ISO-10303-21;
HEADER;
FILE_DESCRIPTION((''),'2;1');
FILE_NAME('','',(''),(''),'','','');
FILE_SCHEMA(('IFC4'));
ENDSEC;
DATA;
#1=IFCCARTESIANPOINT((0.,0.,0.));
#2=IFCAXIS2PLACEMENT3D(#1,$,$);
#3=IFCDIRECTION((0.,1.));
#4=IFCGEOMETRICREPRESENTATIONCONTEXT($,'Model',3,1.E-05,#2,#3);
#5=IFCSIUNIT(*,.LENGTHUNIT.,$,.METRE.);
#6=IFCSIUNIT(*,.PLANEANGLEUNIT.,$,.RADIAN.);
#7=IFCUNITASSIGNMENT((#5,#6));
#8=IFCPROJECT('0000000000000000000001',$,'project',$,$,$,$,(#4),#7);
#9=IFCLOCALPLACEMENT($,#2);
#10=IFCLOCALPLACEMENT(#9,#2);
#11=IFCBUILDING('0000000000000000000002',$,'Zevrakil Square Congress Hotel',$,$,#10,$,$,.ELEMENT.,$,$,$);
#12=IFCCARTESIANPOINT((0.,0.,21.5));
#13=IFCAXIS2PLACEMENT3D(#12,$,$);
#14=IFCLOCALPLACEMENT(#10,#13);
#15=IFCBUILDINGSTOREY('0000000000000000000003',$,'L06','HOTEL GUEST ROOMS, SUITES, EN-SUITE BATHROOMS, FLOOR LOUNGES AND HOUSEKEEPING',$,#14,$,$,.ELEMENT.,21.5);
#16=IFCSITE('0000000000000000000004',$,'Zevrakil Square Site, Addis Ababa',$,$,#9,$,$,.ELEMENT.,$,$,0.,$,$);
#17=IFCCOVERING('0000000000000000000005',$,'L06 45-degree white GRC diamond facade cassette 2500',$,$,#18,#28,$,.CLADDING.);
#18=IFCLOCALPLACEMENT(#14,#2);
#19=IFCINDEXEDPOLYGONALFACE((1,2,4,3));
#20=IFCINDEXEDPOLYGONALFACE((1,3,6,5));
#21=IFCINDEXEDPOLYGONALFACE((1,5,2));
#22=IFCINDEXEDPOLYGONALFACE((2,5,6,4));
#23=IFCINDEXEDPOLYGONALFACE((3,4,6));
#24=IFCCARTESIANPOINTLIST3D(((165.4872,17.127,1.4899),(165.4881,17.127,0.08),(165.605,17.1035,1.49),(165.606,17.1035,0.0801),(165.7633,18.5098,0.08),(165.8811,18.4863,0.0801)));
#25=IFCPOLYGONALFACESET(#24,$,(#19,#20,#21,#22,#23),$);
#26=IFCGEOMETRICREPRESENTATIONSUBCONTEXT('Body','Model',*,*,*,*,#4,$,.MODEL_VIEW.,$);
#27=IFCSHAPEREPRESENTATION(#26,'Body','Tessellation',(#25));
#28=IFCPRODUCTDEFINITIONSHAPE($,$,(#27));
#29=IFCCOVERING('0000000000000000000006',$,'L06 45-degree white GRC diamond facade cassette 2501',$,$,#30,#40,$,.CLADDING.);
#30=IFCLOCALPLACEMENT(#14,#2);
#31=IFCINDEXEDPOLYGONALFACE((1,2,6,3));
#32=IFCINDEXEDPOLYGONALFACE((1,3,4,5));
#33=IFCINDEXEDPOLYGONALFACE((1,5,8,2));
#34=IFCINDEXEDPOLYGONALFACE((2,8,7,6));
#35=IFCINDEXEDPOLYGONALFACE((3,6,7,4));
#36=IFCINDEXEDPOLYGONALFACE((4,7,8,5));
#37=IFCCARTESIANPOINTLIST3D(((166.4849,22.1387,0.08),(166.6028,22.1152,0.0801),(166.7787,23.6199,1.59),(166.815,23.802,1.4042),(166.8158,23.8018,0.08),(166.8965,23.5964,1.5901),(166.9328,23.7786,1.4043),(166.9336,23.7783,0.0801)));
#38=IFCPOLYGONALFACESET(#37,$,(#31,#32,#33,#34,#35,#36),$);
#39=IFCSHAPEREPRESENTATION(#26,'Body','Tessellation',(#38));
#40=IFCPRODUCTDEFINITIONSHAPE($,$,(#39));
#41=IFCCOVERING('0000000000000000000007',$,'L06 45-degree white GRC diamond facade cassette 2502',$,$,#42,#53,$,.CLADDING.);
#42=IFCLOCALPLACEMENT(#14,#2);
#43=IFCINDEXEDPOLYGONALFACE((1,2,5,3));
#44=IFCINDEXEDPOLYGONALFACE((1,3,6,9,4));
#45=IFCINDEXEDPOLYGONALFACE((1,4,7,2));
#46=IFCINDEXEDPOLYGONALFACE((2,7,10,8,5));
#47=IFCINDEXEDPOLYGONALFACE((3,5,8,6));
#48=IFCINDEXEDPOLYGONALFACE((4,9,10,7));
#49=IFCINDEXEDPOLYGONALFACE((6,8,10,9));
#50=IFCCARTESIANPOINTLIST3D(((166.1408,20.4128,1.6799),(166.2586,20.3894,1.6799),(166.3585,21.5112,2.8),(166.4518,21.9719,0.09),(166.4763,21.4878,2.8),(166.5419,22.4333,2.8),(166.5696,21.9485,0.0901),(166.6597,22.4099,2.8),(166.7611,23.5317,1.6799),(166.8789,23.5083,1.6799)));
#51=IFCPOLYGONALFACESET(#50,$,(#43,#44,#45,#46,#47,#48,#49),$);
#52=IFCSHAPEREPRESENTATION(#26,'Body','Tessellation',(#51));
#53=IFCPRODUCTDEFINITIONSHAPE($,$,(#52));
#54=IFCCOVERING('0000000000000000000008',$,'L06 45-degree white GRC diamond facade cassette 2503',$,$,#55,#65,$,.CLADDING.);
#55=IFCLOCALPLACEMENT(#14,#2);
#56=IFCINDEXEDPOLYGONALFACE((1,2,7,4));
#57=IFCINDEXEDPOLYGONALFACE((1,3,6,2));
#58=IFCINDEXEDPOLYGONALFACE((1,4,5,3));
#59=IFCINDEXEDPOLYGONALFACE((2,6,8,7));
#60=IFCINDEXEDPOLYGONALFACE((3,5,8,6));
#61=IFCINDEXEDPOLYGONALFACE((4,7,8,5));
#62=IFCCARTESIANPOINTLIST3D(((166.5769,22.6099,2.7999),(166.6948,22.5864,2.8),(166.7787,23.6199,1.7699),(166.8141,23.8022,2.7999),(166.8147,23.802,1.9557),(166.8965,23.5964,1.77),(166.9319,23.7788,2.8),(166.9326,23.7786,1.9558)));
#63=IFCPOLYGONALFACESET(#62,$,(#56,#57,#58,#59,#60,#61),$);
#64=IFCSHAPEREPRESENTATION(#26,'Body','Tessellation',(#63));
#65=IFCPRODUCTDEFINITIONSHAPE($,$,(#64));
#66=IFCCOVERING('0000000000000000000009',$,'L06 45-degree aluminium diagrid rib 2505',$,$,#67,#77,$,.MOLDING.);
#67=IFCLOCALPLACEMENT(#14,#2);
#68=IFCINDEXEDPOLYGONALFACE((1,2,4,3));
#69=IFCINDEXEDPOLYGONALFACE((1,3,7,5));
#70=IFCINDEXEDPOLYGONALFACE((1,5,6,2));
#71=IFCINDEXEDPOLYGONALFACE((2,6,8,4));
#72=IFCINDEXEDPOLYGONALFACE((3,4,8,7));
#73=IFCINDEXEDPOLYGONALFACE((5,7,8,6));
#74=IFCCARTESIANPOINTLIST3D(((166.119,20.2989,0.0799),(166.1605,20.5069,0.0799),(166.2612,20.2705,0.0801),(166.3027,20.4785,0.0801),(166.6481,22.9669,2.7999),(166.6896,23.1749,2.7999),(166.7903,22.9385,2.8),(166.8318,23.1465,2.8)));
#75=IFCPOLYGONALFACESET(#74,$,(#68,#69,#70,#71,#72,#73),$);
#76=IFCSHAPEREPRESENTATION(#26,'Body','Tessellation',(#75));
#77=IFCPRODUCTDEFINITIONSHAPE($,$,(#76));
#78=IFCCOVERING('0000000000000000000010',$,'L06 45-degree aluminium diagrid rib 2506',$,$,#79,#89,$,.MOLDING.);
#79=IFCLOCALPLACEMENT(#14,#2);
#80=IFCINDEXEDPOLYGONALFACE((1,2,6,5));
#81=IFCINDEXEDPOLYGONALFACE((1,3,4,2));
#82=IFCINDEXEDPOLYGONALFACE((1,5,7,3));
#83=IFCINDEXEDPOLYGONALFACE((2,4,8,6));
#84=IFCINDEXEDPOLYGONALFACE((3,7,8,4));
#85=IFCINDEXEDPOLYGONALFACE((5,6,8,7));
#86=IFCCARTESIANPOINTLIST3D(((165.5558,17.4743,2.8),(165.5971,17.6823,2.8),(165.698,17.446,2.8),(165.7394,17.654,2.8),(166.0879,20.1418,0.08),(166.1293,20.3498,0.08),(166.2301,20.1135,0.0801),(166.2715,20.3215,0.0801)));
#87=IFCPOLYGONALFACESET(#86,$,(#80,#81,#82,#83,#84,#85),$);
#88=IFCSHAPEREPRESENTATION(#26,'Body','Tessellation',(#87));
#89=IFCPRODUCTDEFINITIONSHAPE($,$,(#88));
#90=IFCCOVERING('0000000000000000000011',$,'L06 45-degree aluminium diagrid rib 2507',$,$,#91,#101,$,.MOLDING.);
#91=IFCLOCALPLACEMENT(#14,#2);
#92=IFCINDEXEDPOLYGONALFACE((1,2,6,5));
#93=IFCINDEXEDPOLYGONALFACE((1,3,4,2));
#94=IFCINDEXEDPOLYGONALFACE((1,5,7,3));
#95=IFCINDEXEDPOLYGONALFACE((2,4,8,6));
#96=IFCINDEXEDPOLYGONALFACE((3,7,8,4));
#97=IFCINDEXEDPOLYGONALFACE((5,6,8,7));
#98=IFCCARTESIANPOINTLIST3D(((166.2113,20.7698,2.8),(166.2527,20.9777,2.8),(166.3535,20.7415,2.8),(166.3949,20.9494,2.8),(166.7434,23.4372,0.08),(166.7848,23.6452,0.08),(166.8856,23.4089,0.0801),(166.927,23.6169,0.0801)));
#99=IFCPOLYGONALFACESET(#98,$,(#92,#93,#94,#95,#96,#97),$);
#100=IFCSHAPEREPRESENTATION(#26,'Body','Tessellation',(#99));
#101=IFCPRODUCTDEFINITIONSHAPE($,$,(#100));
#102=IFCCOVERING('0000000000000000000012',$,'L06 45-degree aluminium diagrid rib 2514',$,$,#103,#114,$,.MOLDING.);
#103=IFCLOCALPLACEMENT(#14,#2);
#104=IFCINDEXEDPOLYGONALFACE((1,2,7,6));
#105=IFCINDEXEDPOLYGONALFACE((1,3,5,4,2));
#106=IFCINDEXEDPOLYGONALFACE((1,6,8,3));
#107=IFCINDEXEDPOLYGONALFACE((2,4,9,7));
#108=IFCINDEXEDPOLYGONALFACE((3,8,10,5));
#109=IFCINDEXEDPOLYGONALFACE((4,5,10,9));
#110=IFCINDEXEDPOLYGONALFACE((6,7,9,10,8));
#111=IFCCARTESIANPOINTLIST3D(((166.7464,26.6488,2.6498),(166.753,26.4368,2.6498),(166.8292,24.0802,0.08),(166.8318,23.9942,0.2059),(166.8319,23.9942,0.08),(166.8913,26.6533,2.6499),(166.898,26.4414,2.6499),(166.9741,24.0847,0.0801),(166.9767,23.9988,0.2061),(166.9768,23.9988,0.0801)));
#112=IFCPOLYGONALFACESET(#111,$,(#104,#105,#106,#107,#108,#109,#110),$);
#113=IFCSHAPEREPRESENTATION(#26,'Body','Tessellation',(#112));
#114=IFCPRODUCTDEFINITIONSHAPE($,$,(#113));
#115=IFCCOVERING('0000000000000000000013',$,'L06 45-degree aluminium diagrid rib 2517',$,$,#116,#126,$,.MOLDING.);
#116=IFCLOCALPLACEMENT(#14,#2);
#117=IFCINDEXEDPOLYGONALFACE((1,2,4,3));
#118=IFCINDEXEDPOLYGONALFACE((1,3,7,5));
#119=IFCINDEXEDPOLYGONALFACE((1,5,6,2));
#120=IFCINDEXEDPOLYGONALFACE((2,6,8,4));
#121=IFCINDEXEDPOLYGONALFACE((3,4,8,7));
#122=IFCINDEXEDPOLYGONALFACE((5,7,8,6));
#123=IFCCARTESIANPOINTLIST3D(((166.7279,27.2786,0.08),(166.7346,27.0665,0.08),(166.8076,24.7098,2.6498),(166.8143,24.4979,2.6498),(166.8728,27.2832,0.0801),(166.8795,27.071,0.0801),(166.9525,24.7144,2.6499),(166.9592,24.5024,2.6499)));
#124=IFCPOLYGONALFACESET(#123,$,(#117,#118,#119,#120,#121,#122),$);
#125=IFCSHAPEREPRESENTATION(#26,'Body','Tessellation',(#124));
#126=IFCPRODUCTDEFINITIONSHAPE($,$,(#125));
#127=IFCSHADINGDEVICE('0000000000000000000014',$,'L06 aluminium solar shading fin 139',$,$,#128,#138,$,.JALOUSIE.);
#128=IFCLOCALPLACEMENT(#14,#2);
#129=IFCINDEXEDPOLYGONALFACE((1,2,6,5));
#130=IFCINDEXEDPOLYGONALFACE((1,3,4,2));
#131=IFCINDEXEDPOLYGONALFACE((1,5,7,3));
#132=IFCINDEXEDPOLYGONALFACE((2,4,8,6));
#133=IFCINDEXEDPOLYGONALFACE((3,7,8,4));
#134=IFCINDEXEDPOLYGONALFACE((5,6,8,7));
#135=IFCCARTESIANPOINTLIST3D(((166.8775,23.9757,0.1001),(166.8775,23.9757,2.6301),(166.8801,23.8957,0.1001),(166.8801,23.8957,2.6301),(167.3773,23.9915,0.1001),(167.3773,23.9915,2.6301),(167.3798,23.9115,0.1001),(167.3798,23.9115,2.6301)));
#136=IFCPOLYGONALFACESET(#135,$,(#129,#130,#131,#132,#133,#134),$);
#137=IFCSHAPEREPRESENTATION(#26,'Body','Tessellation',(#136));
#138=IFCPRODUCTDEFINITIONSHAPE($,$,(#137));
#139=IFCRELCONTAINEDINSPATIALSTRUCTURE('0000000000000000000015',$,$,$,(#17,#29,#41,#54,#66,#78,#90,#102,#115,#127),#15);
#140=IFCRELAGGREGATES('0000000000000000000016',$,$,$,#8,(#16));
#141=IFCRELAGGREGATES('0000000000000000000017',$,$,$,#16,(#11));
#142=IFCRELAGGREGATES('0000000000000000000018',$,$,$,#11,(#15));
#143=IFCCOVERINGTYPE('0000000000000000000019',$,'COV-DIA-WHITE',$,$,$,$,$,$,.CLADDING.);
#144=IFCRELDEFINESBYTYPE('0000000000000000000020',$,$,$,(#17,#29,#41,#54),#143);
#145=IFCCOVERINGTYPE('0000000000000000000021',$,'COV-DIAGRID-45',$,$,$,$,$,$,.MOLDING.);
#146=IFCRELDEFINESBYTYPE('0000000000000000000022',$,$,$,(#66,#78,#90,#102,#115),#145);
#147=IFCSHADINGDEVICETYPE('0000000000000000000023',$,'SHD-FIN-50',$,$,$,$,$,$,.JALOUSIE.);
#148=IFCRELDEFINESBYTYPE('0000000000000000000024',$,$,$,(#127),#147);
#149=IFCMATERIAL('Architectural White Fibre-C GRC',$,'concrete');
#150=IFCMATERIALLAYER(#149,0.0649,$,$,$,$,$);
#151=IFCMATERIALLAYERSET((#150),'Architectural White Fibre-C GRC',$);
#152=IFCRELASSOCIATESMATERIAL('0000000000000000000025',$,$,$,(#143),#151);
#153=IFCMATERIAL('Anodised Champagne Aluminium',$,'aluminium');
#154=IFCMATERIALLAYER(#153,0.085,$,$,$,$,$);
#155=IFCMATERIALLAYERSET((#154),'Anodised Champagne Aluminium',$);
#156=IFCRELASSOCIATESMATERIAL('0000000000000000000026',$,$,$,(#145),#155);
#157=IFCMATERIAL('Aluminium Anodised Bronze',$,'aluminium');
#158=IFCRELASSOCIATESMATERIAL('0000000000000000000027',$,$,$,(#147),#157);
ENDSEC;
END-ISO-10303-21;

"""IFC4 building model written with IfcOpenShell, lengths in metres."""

from ifc_helpers import new_model, si_unit, direction, frame, origin, origin_2d, place, context, subcontext, project, spatial, polyline, rectangle, outline, extrude, material, layer, layer_set, type_object, element, save


model = new_model("IFC4")

# Units and contexts
model_context = context("Model", 3, precision=1e-05, world=origin(), true_north=direction((0.0, 1.0)))
body_context = subcontext(model_context, "Body", "Model", "MODEL_VIEW")
ifc_project = project(units=[si_unit("LENGTHUNIT", "METRE"), si_unit("PLANEANGLEUNIT", "RADIAN")], contexts=[model_context])

# Site, building, storey
site_placement = place(None, origin())
site = spatial("IfcSite", under=ifc_project, at=site_placement, Name="Zevrakil Square Site, Addis Ababa", CompositionType="ELEMENT", RefElevation=0.0)
building_placement = place(site_placement, origin())
building = spatial("IfcBuilding", under=site, at=building_placement, Name="Zevrakil Square Congress Hotel", CompositionType="ELEMENT")
storey_placement = place(building_placement, frame((0.0, 0.0, 21.5)))
storey = spatial("IfcBuildingStorey", under=building, at=storey_placement, Name="L06", Description="HOTEL GUEST ROOMS, SUITES, EN-SUITE BATHROOMS, FLOOR LOUNGES AND HOUSEKEEPING", CompositionType="ELEMENT", Elevation=21.5)

# Coverings
ifc_material_1 = material(Name="Architectural White Fibre-C GRC", Category="concrete")
ifc_layer_1 = layer(ifc_material_1, 0.0649)
ifc_layer_set_1 = layer_set([ifc_layer_1], Name="Architectural White Fibre-C GRC")
covering_type_1 = type_object("IfcCoveringType", Name="COV-DIA-WHITE", PredefinedType="CLADDING", material=ifc_layer_set_1)
covering_1_placement = place(storey_placement, frame((165.8811, 18.4863, 0.0801), z_axis=(0.980773, -0.19515, 0.000679), x_axis=(-0.19515, -0.980773, 0.0)))
element("IfcCovering", 1, at=covering_1_placement, inside=storey, type_object=covering_type_1, Name="L06 45-degree white GRC diamond facade cassette 2500", PredefinedType="CLADDING", context=body_context, shape_type="SweptSolid", body=[
    extrude(outline(polyline([(0.0, 0.0), (1.4099, 0.0), (1.4101, -1.4099), (0.0, 0.0)])), origin(), (0.0, 0.0, -1.0), 0.1201),
])
covering_2_placement = place(storey_placement, frame((166.8965, 23.5964, 1.5901), z_axis=(0.980781, -0.195109, 0.000602), x_axis=(0.138357, 0.693313, -0.70723)))
element("IfcCovering", 2, at=covering_2_placement, inside=storey, type_object=covering_type_1, Name="L06 45-degree white GRC diamond facade cassette 2501", PredefinedType="CLADDING", context=body_context, shape_type="SweptSolid", body=[
    extrude(outline(polyline([(0.0, 0.0), (0.2627, 0.0), (1.1992, -0.9363), (0.0004, -2.1355), (0.0, 0.0)])), origin(), (0.0, 0.0, -1.0), 0.1201),
])
covering_3_placement = place(storey_placement, frame((166.8789, 23.5083, 1.6799), z_axis=(0.980788, -0.195075, 0.000605), x_axis=(-0.137535, -0.693681, -0.70703)))
element("IfcCovering", 3, at=covering_3_placement, inside=storey, type_object=covering_type_1, Name="L06 45-degree white GRC diamond facade cassette 2502", PredefinedType="CLADDING", context=body_context, shape_type="SweptSolid", body=[
    extrude(outline(polyline([(0.0, 0.0), (2.2486, 0.0), (2.2488, -2.2484), (0.665, -2.2488), (0.0001, -1.584), (0.0, 0.0)])), origin(), (0.0, 0.0, -1.0), 0.1201),
])
covering_4_placement = place(storey_placement, frame((166.8965, 23.5964, 1.77), z_axis=(0.980793, -0.195051, 0.000827), x_axis=(-0.13849, -0.693383, 0.707136)))
element("IfcCovering", 4, at=covering_4_placement, inside=storey, type_object=covering_type_1, Name="L06 45-degree white GRC diamond facade cassette 2503", PredefinedType="CLADDING", context=body_context, shape_type="SweptSolid", body=[
    extrude(outline(polyline([(0.0, 0.0), (1.4566, 0.0), (0.597, -0.8597), (0.0001, -0.2627), (0.0, 0.0)])), origin(), (0.0, 0.0, -1.0), 0.1201),
])
ifc_material_2 = material(Name="Anodised Champagne Aluminium", Category="aluminium")
ifc_layer_2 = layer(ifc_material_2, 0.085)
ifc_layer_set_2 = layer_set([ifc_layer_2], Name="Anodised Champagne Aluminium")
covering_type_2 = type_object("IfcCoveringType", Name="COV-DIAGRID-45", PredefinedType="MOLDING", material=ifc_layer_set_2)
covering_5_placement = place(storey_placement, frame((166.3027, 20.4785, 0.0801), z_axis=(0.980668, -0.195673, 0.001186), x_axis=(-0.195673, -0.980669, 0.0)))
element("IfcCovering", 5, at=covering_5_placement, inside=storey, type_object=covering_type_2, Name="L06 45-degree aluminium diagrid rib 2505", PredefinedType="MOLDING", context=body_context, shape_type="SweptSolid", body=[
    extrude(outline(polyline([(0.0, 0.0), (0.2121, 0.0), (-2.5078, -2.72), (-2.7199, -2.72), (0.0, 0.0)])), origin(), (0.0, 0.0, -1.0), 0.145),
])
for number, where, z_axis, x_axis, name in (
    (6, (165.698, 17.446, 2.8), (0.980779, -0.19512, 0.000514), (0.19512, 0.980779, 0.0), "L06 45-degree aluminium diagrid rib 2506"),
    (7, (166.3535, 20.7415, 2.8), (0.980779, -0.19512, 0.000514), (0.19512, 0.980779, 0.0), "L06 45-degree aluminium diagrid rib 2507"),
):
    element("IfcCovering", number, at=place(storey_placement, frame(where, z_axis=z_axis, x_axis=x_axis)), inside=storey, type_object=covering_type_2, Name=name, PredefinedType="MOLDING", context=body_context, shape_type="SweptSolid", body=[
        extrude(outline(polyline([(0.0, 0.0), (0.2121, 0.0), (2.9321, -2.72), (2.72, -2.72), (0.0, 0.0)])), origin(), (0.0, 0.0, -1.0), 0.145),
    ])
covering_6_placement = place(storey_placement, frame((166.9741, 24.0847, 0.0801), z_axis=(0.999505, 0.031458, 0.000768), x_axis=(0.031458, -0.999505, 0.0)))
element("IfcCovering", 8, at=covering_6_placement, inside=storey, type_object=covering_type_2, Name="L06 45-degree aluminium diagrid rib 2514", PredefinedType="MOLDING", context=body_context, shape_type="SweptSolid", body=[
    extrude(outline(polyline([(0.0, 0.0), (0.086, 0.0), (0.086, -0.126), (-2.3579, -2.5698), (-2.5699, -2.5698), (0.0, 0.0)])), origin(), (0.0, 0.0, -1.0), 0.145),
])
covering_7_placement = place(storey_placement, frame((166.9592, 24.5024, 2.6499), z_axis=(0.999499, 0.031648, 0.000632), x_axis=(-0.031648, 0.999499, 0.0)))
element("IfcCovering", 9, at=covering_7_placement, inside=storey, type_object=covering_type_2, Name="L06 45-degree aluminium diagrid rib 2517", PredefinedType="MOLDING", context=body_context, shape_type="SweptSolid", body=[
    extrude(outline(polyline([(0.0, 0.0), (0.212, 0.0), (2.7821, -2.5698), (2.5698, -2.5698), (0.0, 0.0)])), origin(), (0.0, 0.0, -1.0), 0.145),
])

# Shading device
ifc_material_3 = material(Name="Aluminium Anodised Bronze", Category="aluminium")
shading_device_type = type_object("IfcShadingDeviceType", Name="SHD-FIN-50", PredefinedType="JALOUSIE", material=ifc_material_3)
shading_device_placement = place(storey_placement, frame((167.1287, 23.9436, 0.1001), z_axis=(0.0, 0.0, 1.0), x_axis=(0.999501, 0.031603, 0.0)))
element("IfcShadingDevice", 10, at=shading_device_placement, inside=storey, type_object=shading_device_type, Name="L06 aluminium solar shading fin 139", PredefinedType="JALOUSIE", context=body_context, shape_type="SweptSolid", body=[
    extrude(rectangle(XDim=0.5, YDim=0.0801, at=origin_2d()), origin(), (0.0, 0.0, 1.0), 2.53),
])

save(model, "model.ifc")
